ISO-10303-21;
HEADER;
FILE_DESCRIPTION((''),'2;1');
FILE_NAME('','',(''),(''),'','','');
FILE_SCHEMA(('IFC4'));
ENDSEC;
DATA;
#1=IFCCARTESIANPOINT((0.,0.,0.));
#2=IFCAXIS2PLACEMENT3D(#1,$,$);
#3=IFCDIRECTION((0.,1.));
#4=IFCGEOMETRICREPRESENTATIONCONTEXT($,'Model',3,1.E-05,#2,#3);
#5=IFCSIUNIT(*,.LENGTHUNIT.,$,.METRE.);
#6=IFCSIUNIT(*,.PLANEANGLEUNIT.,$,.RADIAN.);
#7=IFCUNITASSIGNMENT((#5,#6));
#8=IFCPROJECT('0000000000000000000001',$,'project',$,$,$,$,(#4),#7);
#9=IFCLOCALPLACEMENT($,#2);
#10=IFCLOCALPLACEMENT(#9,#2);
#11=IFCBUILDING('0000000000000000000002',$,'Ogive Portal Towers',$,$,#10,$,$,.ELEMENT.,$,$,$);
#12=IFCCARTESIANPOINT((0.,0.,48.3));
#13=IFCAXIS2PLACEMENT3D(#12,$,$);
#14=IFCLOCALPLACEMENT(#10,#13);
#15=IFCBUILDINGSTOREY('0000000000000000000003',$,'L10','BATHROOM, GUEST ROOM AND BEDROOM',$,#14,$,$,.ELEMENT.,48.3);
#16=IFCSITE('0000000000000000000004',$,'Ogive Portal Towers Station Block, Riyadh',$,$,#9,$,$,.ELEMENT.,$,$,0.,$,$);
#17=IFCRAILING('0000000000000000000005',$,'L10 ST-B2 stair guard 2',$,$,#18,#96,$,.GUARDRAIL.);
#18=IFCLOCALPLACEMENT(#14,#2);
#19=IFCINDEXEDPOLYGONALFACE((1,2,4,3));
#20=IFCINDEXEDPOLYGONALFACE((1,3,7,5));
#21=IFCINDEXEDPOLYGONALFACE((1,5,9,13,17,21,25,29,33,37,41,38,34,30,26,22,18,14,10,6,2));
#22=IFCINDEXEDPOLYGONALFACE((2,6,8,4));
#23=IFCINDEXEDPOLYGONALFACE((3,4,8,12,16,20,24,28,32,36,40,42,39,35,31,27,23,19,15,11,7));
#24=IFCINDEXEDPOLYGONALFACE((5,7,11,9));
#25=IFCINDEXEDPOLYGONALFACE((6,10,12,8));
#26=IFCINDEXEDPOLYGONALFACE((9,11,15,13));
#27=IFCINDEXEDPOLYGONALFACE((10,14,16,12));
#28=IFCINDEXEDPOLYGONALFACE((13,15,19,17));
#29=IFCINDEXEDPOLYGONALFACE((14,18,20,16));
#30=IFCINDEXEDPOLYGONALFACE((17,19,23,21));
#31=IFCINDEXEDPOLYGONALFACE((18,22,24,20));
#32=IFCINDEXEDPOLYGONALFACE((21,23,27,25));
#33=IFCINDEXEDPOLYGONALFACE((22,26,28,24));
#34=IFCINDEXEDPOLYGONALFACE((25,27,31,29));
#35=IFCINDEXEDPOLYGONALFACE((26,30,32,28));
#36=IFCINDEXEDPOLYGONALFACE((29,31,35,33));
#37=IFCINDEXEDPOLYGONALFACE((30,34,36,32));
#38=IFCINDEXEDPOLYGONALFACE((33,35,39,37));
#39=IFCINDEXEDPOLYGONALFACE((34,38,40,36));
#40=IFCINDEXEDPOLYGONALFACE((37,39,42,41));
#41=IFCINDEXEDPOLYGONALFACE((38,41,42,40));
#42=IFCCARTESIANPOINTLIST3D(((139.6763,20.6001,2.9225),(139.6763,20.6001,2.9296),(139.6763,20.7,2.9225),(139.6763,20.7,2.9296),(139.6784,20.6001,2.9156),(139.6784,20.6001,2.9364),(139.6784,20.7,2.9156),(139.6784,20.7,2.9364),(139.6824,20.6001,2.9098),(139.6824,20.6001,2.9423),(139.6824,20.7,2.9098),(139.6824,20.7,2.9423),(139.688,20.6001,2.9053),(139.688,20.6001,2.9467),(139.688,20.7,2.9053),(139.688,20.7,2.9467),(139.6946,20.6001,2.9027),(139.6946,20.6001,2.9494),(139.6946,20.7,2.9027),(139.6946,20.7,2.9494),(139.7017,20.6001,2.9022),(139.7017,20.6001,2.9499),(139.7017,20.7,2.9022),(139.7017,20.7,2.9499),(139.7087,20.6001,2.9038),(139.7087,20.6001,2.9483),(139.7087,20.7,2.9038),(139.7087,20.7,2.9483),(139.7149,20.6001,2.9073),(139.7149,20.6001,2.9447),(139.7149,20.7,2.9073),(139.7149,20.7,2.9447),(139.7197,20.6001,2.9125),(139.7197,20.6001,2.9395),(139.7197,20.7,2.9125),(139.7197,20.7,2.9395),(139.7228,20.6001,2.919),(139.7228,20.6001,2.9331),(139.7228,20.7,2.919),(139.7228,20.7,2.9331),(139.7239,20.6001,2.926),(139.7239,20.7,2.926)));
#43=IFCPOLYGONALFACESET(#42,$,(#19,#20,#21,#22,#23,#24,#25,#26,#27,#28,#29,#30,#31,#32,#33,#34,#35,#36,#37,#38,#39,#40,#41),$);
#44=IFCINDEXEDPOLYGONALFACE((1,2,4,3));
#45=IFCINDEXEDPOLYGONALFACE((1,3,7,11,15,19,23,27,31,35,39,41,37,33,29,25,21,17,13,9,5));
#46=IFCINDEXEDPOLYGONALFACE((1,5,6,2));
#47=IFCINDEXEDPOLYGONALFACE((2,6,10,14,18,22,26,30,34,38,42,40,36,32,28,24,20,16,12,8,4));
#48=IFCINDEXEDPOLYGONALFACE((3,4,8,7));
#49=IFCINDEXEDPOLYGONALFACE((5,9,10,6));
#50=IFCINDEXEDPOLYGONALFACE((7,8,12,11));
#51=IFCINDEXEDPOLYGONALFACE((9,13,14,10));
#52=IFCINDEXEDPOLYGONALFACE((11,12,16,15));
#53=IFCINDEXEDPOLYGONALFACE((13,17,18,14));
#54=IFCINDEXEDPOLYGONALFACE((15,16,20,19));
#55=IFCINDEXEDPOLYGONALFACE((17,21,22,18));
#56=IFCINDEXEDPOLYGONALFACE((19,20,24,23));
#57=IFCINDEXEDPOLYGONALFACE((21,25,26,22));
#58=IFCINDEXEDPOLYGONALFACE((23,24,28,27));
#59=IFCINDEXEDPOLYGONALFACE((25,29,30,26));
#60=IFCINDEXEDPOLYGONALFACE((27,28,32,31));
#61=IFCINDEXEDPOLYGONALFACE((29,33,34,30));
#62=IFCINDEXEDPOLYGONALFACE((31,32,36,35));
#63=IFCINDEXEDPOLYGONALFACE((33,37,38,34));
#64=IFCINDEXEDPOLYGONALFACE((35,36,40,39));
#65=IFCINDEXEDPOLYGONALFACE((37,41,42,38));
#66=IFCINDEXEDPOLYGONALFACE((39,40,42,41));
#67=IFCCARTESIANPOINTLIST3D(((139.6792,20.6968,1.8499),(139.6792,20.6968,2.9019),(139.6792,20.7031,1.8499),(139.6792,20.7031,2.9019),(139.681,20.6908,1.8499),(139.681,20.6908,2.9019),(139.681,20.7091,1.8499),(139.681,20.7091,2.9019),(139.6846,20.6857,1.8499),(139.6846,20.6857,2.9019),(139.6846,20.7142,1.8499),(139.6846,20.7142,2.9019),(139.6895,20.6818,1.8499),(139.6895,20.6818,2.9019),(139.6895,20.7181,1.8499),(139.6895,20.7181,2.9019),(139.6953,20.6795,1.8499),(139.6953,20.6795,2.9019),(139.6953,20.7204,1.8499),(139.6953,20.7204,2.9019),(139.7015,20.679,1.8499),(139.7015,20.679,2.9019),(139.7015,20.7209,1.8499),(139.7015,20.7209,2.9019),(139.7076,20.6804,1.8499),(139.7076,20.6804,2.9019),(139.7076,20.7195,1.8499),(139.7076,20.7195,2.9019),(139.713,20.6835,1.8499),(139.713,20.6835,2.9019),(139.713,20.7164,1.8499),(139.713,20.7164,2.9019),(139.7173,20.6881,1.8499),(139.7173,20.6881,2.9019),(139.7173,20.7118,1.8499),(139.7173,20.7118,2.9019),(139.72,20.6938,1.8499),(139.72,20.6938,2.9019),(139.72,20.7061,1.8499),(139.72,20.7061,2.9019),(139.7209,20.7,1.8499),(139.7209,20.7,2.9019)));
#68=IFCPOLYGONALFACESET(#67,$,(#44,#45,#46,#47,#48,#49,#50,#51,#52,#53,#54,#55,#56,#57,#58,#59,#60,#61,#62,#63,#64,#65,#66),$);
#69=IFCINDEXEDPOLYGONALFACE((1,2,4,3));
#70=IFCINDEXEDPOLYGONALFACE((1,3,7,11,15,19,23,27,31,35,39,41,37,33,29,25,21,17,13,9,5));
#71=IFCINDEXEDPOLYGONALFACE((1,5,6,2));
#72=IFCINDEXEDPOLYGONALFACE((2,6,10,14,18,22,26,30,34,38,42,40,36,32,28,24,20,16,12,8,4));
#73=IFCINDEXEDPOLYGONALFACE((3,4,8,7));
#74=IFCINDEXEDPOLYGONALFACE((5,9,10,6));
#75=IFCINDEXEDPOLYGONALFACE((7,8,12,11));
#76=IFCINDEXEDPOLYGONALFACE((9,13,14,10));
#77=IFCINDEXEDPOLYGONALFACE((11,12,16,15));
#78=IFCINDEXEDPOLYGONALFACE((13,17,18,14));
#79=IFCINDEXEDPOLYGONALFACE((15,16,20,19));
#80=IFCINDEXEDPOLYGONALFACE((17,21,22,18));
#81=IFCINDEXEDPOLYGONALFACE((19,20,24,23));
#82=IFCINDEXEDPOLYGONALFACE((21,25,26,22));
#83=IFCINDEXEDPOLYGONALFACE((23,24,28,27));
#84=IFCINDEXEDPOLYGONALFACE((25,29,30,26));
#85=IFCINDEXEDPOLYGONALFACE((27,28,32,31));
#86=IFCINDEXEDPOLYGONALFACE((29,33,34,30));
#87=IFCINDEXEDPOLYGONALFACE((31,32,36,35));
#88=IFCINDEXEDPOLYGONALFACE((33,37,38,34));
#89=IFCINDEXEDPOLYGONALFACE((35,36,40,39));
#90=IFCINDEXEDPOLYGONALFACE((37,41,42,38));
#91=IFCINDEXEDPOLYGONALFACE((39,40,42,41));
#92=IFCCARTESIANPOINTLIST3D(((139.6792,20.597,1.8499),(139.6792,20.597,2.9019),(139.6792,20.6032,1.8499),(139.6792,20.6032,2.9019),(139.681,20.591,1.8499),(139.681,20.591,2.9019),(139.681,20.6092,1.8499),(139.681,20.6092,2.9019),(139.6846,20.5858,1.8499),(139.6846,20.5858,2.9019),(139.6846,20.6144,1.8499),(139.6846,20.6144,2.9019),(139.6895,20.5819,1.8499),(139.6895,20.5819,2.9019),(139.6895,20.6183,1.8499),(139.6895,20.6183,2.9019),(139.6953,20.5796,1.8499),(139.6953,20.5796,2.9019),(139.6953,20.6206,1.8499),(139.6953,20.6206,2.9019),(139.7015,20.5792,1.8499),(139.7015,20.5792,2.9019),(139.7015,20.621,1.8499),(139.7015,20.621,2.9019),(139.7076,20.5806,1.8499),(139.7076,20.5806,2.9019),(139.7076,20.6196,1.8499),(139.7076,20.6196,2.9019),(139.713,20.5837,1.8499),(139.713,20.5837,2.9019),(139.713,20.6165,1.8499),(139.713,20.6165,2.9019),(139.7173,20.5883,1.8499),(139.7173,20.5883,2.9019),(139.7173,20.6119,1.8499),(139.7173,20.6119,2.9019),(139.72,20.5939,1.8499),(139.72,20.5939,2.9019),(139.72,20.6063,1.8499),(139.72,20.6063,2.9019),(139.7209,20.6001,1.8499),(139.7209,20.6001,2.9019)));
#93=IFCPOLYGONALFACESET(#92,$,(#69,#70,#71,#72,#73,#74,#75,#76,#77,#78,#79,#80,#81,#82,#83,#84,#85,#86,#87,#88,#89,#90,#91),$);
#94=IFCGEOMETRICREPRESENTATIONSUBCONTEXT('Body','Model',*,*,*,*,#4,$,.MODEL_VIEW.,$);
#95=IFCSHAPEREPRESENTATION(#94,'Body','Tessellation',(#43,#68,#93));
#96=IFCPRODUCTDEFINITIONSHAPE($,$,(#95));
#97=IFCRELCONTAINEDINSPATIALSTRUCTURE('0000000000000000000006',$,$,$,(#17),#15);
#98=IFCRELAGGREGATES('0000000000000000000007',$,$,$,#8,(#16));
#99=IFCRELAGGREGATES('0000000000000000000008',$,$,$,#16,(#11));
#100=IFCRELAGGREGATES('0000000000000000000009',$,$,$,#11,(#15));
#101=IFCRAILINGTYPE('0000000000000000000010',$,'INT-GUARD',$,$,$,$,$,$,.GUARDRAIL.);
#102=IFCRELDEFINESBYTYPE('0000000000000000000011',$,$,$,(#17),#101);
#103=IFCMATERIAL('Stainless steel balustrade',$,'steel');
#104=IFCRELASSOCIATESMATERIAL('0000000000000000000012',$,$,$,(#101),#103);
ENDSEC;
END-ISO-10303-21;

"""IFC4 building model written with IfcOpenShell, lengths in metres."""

from ifc_helpers import new_model, si_unit, direction, frame, origin, origin_2d, place, context, subcontext, project, spatial, circle, extrude, material, type_object, element, save


model = new_model("IFC4")

# Units and contexts
model_context = context("Model", 3, precision=1e-05, world=origin(), true_north=direction((0.0, 1.0)))
body_context = subcontext(model_context, "Body", "Model", "MODEL_VIEW")
ifc_project = project(units=[si_unit("LENGTHUNIT", "METRE"), si_unit("PLANEANGLEUNIT", "RADIAN")], contexts=[model_context])

# Site, building, storey
site_placement = place(None, origin())
site = spatial("IfcSite", under=ifc_project, at=site_placement, Name="Ogive Portal Towers Station Block, Riyadh", CompositionType="ELEMENT", RefElevation=0.0)
building_placement = place(site_placement, origin())
building = spatial("IfcBuilding", under=site, at=building_placement, Name="Ogive Portal Towers", CompositionType="ELEMENT")
storey_placement = place(building_placement, frame((0.0, 0.0, 48.3)))
storey = spatial("IfcBuildingStorey", under=building, at=storey_placement, Name="L10", Description="BATHROOM, GUEST ROOM AND BEDROOM", CompositionType="ELEMENT", Elevation=48.3)

# Railing
ifc_material_1 = material(Name="Stainless steel balustrade", Category="steel")
railing_type_1 = type_object("IfcRailingType", Name="INT-GUARD", PredefinedType="GUARDRAIL", material=ifc_material_1)
railing_1_placement = place(storey_placement, frame((139.7, 20.7, 1.8499)))
element("IfcRailing", 1, at=railing_1_placement, inside=storey, type_object=railing_type_1, Name="L10 ST-B2 stair guard 2", PredefinedType="GUARDRAIL", context=body_context, shape_type="SweptSolid", body=[
    extrude(circle(Radius=0.0239, at=origin_2d()), frame((0.0, 0.0, 1.0762), z_axis=(0.0, -1.0, 0.0), x_axis=(1.0, 0.0, 0.0)), (0.0, 0.0, 1.0), 0.0999),
    extrude(circle(Radius=0.021, at=origin_2d()), origin(), (0.0, 0.0, 1.0), 1.052),
    extrude(circle(Radius=0.021, at=origin_2d()), frame((0.0, -0.0999, 0.0)), (0.0, 0.0, 1.0), 1.052),
])

save(model, "model.ifc")
